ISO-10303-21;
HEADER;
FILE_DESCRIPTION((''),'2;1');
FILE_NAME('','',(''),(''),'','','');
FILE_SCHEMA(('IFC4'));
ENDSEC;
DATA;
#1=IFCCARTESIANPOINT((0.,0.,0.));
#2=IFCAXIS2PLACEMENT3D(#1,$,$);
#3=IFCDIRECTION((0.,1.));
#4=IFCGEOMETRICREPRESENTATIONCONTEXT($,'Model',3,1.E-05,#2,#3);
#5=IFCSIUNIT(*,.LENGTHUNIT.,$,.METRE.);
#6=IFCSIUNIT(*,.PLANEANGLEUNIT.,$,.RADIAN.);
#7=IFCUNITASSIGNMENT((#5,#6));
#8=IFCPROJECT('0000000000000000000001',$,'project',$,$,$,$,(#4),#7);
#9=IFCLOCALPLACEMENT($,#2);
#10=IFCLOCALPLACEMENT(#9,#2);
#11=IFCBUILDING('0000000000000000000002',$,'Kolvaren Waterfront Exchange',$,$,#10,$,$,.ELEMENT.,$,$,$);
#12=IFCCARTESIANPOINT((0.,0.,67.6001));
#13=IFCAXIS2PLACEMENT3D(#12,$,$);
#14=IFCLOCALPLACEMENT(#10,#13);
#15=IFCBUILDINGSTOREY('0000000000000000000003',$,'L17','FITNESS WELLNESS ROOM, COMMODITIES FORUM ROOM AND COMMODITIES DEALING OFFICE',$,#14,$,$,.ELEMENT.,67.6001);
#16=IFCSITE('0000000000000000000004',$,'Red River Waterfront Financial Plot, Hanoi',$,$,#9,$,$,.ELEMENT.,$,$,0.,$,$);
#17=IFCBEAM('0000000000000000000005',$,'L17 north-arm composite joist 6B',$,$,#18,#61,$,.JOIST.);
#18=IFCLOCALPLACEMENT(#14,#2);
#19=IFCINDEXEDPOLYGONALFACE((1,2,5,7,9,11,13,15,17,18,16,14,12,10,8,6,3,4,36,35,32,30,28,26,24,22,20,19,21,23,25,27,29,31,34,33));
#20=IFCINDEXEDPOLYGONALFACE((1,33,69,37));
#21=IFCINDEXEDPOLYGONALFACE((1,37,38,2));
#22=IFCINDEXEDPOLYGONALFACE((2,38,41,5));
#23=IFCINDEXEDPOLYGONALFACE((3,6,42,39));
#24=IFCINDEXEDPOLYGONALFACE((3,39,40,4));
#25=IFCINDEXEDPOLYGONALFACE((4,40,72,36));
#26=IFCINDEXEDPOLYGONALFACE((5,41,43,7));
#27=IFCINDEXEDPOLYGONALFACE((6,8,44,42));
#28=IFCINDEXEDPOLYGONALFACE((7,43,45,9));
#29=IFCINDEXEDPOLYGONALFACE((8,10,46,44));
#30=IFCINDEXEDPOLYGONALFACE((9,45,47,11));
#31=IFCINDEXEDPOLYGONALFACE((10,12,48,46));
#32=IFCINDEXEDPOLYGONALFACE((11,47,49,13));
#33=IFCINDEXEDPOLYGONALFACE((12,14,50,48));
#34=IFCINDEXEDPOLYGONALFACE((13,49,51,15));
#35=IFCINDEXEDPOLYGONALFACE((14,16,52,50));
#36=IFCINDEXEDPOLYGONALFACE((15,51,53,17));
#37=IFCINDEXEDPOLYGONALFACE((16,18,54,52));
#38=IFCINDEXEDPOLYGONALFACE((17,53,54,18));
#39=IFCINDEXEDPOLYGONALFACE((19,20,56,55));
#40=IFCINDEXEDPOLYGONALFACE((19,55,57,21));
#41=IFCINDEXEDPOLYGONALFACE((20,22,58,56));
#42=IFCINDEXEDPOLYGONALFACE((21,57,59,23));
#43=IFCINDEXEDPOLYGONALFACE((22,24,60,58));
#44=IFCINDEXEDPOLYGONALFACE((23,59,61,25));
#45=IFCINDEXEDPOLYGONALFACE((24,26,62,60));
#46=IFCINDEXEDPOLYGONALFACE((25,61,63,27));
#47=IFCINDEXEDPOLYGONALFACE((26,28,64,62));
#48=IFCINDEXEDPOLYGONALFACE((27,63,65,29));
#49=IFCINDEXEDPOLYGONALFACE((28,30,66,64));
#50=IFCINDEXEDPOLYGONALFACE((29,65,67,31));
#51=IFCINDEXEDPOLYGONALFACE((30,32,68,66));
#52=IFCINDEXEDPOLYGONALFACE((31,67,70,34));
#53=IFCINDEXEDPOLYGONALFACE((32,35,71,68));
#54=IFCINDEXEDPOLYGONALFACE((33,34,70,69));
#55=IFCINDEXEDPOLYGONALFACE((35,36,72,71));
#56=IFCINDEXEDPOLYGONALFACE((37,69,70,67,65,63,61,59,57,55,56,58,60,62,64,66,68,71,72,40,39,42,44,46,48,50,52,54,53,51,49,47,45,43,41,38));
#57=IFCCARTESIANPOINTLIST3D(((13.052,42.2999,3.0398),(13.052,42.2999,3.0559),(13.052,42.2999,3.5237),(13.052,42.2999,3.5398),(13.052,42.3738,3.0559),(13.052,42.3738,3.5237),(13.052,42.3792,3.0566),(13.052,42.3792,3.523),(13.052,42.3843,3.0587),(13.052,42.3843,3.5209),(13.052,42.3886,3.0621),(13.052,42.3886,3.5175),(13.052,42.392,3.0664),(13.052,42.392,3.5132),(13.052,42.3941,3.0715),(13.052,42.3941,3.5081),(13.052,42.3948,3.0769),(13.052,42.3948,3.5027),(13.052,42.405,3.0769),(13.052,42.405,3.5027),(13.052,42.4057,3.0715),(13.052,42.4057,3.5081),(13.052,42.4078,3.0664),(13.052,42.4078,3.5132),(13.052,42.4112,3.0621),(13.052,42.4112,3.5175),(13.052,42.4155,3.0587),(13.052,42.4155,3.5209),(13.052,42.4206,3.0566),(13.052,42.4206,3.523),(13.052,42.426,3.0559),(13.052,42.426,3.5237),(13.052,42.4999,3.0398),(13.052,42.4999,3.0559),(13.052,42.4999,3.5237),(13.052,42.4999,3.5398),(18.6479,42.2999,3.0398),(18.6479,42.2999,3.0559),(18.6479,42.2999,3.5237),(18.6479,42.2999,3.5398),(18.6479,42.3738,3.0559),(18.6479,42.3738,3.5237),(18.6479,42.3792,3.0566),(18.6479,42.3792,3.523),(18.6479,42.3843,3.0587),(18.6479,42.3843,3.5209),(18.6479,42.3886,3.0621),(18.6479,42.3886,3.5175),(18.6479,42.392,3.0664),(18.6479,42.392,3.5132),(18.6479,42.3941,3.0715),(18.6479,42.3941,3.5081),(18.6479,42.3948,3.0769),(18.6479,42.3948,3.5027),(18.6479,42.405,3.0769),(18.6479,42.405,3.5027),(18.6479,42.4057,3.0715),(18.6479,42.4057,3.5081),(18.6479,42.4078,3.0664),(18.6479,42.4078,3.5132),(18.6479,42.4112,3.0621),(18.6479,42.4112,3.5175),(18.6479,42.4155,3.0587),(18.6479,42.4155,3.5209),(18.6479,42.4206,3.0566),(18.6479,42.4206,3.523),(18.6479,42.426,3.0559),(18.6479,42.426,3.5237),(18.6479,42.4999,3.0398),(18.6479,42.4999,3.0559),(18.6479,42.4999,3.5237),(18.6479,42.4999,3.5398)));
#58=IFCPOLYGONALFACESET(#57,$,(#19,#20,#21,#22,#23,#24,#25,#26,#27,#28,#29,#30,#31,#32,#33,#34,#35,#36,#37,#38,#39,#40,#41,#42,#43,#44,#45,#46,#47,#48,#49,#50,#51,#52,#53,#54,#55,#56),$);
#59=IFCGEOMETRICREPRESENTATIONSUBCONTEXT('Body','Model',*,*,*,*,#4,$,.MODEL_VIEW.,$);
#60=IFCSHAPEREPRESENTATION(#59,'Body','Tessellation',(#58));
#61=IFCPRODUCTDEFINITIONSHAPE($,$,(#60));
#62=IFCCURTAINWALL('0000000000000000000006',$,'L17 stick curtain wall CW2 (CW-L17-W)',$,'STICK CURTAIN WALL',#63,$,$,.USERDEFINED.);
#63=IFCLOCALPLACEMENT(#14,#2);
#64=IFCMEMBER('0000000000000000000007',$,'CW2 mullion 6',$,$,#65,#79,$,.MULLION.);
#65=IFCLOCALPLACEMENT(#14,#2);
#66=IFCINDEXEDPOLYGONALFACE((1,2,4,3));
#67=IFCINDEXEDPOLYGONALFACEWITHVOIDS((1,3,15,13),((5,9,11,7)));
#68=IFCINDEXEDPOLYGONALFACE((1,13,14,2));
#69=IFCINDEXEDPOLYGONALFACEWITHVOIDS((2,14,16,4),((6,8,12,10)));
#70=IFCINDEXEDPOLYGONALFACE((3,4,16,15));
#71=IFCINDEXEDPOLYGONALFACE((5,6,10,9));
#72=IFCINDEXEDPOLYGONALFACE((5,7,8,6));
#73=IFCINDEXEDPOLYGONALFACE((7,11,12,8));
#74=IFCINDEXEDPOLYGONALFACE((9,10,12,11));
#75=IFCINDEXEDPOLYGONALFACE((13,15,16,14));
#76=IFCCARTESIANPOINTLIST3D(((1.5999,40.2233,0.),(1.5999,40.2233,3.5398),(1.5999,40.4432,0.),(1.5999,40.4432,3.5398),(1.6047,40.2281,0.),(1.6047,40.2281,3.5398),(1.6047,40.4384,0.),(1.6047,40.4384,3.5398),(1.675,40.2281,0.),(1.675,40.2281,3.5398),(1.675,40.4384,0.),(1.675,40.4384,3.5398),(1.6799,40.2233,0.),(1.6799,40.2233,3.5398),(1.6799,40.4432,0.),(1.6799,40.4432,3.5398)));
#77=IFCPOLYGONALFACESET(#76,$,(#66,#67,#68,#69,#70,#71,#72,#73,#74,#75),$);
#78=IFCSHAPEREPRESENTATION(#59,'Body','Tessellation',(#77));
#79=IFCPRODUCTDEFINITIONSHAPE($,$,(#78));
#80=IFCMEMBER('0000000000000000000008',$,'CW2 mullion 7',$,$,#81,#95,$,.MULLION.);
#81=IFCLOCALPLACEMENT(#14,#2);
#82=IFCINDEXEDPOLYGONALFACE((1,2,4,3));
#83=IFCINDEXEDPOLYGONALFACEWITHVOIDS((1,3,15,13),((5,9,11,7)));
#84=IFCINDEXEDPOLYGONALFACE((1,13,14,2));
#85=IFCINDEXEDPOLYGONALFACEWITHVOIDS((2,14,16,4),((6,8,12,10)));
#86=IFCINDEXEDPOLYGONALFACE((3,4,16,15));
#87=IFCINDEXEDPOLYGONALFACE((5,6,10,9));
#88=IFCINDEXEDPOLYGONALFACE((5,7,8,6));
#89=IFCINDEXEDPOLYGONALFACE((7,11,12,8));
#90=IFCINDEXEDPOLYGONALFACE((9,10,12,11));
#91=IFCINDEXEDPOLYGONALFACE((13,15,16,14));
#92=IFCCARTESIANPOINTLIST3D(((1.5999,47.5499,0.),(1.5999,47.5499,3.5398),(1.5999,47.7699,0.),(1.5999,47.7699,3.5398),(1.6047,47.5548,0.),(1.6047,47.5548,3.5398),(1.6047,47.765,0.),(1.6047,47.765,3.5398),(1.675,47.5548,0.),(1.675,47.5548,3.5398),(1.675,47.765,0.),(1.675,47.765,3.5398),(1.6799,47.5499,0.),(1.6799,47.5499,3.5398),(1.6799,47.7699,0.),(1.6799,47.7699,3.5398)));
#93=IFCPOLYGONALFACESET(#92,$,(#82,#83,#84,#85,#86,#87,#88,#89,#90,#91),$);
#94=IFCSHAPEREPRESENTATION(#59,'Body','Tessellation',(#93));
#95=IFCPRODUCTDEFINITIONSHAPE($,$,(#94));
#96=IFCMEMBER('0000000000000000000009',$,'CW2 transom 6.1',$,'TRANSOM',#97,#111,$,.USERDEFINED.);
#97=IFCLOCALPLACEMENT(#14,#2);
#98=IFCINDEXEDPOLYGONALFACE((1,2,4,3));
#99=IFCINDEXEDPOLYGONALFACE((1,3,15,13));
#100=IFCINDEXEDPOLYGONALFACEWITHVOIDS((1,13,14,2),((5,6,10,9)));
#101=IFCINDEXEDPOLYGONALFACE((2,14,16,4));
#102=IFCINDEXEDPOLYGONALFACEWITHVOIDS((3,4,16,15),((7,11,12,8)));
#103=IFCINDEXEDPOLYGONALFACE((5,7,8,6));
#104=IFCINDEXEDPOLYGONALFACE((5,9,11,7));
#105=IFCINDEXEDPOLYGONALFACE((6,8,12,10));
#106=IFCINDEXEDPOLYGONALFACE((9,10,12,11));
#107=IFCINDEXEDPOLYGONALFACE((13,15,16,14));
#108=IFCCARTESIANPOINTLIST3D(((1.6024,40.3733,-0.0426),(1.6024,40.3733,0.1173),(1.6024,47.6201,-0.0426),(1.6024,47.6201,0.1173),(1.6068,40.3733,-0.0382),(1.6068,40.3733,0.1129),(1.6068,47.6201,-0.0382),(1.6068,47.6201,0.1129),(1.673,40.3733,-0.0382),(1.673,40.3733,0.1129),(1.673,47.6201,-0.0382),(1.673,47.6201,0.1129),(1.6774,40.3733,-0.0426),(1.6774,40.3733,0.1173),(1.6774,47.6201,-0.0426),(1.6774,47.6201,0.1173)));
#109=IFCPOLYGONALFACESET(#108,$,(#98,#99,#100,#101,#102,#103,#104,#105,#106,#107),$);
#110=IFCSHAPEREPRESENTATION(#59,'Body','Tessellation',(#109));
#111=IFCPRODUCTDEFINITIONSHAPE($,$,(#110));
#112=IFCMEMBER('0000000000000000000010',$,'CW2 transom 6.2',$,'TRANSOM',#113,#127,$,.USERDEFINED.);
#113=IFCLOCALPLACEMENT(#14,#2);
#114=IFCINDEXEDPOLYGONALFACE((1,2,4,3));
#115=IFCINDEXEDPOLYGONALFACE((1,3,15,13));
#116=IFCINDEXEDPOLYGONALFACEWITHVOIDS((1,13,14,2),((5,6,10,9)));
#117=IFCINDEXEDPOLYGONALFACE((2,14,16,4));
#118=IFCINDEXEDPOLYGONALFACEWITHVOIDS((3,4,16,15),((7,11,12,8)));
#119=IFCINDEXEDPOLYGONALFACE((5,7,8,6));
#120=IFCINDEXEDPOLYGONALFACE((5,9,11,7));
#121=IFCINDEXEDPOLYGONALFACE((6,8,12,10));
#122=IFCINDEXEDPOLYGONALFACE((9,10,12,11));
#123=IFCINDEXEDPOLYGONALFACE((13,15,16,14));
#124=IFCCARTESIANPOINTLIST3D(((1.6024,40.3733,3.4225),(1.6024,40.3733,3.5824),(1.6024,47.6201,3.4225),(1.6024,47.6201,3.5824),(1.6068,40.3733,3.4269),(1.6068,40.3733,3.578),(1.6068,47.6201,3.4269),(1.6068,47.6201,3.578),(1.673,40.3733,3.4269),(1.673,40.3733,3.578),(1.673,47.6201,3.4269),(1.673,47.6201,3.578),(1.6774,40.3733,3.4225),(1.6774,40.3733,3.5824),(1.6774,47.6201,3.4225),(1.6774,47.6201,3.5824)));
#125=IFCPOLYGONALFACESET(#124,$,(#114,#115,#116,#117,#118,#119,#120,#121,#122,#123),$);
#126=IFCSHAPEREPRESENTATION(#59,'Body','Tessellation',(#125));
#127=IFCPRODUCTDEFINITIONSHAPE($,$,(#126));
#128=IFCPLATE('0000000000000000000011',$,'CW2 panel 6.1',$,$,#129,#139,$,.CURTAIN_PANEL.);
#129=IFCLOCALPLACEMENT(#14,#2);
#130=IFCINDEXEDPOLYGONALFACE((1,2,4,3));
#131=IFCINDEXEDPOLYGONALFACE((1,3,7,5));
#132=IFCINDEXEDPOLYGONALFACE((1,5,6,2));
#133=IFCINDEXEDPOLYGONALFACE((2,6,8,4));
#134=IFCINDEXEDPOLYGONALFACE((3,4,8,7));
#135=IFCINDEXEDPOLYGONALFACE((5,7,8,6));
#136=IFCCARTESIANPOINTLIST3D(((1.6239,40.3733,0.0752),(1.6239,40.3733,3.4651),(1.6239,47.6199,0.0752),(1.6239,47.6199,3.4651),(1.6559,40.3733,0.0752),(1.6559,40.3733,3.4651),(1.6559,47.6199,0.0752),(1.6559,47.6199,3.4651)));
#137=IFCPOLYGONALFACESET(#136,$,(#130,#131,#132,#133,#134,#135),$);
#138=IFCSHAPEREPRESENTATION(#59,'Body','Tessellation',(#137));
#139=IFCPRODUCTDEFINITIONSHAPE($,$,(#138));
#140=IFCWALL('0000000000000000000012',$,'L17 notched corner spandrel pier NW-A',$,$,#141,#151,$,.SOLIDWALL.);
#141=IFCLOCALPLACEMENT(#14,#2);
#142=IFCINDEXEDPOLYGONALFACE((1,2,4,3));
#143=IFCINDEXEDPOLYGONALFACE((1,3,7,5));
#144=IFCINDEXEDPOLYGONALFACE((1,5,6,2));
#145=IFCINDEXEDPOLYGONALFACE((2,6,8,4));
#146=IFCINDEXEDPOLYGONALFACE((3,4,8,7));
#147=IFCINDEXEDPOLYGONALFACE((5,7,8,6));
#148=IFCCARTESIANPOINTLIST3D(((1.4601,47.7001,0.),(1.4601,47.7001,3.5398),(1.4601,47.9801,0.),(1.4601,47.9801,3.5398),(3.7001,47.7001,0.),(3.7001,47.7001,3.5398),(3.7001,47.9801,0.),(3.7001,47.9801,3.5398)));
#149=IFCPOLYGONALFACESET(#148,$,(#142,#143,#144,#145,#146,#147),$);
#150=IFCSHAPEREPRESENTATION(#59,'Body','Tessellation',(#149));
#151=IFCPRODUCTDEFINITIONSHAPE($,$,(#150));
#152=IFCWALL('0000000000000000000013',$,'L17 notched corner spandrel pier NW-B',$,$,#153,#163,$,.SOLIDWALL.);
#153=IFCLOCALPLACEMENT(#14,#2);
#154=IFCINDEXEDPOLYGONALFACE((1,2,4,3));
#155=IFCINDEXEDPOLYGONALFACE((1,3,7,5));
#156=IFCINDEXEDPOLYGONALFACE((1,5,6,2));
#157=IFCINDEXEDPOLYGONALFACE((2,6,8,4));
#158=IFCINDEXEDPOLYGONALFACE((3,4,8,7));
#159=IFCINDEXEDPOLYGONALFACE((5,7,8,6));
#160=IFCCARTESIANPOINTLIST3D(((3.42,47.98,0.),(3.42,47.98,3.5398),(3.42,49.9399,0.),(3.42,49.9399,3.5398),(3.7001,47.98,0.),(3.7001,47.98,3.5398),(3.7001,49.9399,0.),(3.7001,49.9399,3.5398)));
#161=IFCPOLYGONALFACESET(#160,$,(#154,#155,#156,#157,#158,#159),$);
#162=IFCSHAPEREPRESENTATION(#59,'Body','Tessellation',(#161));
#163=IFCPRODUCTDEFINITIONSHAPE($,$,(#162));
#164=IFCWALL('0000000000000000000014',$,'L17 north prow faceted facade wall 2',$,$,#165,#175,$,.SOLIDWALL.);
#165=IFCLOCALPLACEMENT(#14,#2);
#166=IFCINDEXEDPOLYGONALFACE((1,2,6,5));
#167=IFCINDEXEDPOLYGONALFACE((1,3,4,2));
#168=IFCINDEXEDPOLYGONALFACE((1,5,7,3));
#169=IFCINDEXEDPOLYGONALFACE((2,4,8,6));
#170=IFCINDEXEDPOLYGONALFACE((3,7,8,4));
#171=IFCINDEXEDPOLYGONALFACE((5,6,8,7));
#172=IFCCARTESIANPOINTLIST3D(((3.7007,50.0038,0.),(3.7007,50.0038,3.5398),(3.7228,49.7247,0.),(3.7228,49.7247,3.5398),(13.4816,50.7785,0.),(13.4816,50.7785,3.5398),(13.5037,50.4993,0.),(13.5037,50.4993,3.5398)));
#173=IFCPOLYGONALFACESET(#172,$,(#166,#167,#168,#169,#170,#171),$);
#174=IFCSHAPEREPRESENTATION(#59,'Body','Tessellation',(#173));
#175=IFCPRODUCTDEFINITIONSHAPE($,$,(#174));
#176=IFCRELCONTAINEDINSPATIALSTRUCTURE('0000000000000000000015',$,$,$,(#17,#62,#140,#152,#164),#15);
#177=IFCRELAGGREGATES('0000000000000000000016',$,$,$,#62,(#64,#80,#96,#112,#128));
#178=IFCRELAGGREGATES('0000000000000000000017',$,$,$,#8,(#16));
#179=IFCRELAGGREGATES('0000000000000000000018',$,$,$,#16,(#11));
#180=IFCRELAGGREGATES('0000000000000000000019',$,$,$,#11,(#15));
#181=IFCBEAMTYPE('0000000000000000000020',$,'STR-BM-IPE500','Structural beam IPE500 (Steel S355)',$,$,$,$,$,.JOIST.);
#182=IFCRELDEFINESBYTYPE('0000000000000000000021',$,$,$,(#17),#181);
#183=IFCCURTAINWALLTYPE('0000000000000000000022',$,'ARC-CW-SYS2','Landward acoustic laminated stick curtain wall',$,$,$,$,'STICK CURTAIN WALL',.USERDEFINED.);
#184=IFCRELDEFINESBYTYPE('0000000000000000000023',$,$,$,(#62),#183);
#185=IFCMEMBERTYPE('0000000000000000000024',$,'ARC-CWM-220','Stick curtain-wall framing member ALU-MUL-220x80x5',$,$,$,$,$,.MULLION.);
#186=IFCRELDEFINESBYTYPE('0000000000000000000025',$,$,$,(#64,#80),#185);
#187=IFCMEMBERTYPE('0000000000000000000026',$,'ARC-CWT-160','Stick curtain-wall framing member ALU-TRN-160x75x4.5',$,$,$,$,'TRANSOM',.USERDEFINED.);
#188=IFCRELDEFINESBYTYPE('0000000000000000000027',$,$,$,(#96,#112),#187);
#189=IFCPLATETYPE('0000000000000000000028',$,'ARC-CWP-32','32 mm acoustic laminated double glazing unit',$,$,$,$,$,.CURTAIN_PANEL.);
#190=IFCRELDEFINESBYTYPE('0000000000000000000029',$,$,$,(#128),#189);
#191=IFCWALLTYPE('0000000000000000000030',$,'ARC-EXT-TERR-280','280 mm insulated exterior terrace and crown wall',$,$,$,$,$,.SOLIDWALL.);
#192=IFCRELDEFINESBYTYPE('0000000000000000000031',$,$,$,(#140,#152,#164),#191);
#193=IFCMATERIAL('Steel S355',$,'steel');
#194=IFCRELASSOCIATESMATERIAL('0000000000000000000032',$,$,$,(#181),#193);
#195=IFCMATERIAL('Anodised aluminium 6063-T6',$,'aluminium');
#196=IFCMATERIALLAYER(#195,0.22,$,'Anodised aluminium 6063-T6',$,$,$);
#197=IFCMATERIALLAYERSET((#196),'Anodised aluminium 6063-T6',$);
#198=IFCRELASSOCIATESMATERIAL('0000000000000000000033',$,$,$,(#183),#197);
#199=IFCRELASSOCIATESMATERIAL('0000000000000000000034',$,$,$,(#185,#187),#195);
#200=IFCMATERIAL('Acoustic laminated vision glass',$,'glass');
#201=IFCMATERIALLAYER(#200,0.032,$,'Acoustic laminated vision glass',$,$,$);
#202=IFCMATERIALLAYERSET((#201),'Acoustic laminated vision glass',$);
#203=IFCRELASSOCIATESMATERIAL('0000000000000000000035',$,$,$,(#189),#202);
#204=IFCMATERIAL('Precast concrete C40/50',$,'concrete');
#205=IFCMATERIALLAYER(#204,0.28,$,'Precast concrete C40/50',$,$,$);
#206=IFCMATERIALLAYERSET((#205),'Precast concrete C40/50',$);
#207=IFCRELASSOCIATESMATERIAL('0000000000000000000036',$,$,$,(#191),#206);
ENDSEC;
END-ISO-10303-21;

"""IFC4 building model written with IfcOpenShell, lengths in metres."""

from ifc_helpers import new_model, si_unit, direction, frame, frame_2d, origin, origin_with_axes, origin_2d, place, context, subcontext, project, spatial, rectangle, hollow_rectangle, i_section, extrude, source, transform, mapped, material, layer, layer_set, material_profile, profile_set, type_object, element, aggregate, save


model = new_model("IFC4")

# Units and contexts
model_context = context("Model", 3, precision=1e-05, world=origin(), true_north=direction((0.0, 1.0)))
body_context = subcontext(model_context, "Body", "Model", "MODEL_VIEW")
ifc_project = project(units=[si_unit("LENGTHUNIT", "METRE"), si_unit("PLANEANGLEUNIT", "RADIAN")], contexts=[model_context])

# Site, building, storey
site_placement = place(None, origin())
site = spatial("IfcSite", under=ifc_project, at=site_placement, Name="Red River Waterfront Financial Plot, Hanoi", CompositionType="ELEMENT", RefElevation=0.0)
building_placement = place(site_placement, origin())
building = spatial("IfcBuilding", under=site, at=building_placement, Name="Kolvaren Waterfront Exchange", CompositionType="ELEMENT")
storey_placement = place(building_placement, frame((0.0, 0.0, 67.6001)))
storey = spatial("IfcBuildingStorey", under=building, at=storey_placement, Name="L17", Description="FITNESS WELLNESS ROOM, COMMODITIES FORUM ROOM AND COMMODITIES DEALING OFFICE", CompositionType="ELEMENT", Elevation=67.6001)

# Beam
ifc_material_1 = material(Name="Steel S355", Category="steel")
ifc_material_profile_1 = material_profile(ifc_material_1, i_section(OverallWidth=0.2, OverallDepth=0.5, WebThickness=0.0103, FlangeThickness=0.0161, FilletRadius=0.021, at=origin_2d()), Name="IPE500")
ifc_profile_set_1 = profile_set([ifc_material_profile_1], Name="Steel S355")
beam_type_1 = type_object("IfcBeamType", Name="STR-BM-IPE500", Description="Structural beam IPE500 (Steel S355)", PredefinedType="JOIST", material=ifc_profile_set_1)
beam_1_placement = place(storey_placement, frame((13.052, 42.3999, 3.2898), z_axis=(1.0, 0.0, 0.0), x_axis=(0.0, 1.0, 0.0)))
element("IfcBeam", 1, at=beam_1_placement, inside=storey, type_object=beam_type_1, Name="L17 north-arm composite joist 6B", PredefinedType="JOIST", context=body_context, shape_type="SweptSolid", body=[
    extrude(i_section(OverallWidth=0.2, OverallDepth=0.5, WebThickness=0.0103, FlangeThickness=0.0161, FilletRadius=0.021, at=origin_2d()), origin(), (0.0, 0.0, 1.0), 5.5959),
])

# Curtain wall, members, plate
ifc_material_2 = material(Name="Anodised aluminium 6063-T6", Category="aluminium")
ifc_layer_1 = layer(ifc_material_2, 0.22, Name="Anodised aluminium 6063-T6")
ifc_layer_set_1 = layer_set([ifc_layer_1], Name="Anodised aluminium 6063-T6")
curtain_wall_type = type_object("IfcCurtainWallType", Name="ARC-CW-SYS2", Description="Landward acoustic laminated stick curtain wall", ElementType="STICK CURTAIN WALL", PredefinedType="USERDEFINED", material=ifc_layer_set_1)
curtain_wall_placement = place(storey_placement, origin())
curtain_wall = element("IfcCurtainWall", 2, at=curtain_wall_placement, inside=storey, type_object=curtain_wall_type, Name="L17 stick curtain wall CW2 (CW-L17-W)", ObjectType="STICK CURTAIN WALL", PredefinedType="USERDEFINED")
ifc_material_profile_2 = material_profile(ifc_material_2, hollow_rectangle(XDim=0.0801, YDim=0.22, WallThickness=0.0049, at=origin_2d()), Name="ALU-MUL-220x80x5")
ifc_profile_set_2 = profile_set([ifc_material_profile_2], Name="Anodised aluminium 6063-T6")
member_type_1 = type_object("IfcMemberType", Name="ARC-CWM-220", Description="Stick curtain-wall framing member ALU-MUL-220x80x5", PredefinedType="MULLION", material=ifc_profile_set_2)
shared_shape_1 = source(origin_with_axes(), body_context, "Body", "SweptSolid", [
    extrude(hollow_rectangle(XDim=0.0801, YDim=0.22, WallThickness=0.0049, at=origin_2d()), origin(), (0.0, 0.0, 1.0), 3.5398),
])
member_1_placement = place(storey_placement, frame((1.6399, 40.3333, 0.0), z_axis=(0.0, 0.0, 1.0), x_axis=(-1.0, 0.0, 0.0)))
member_1 = element("IfcMember", 3, at=member_1_placement, type_object=member_type_1, Name="CW2 mullion 6", PredefinedType="MULLION", context=body_context, shape_type="MappedRepresentation", body=[
    mapped(shared_shape_1, transform((0.0, 0.0, 0.0), x_axis=(1.0, 0.0, 0.0), y_axis=(0.0, 1.0, 0.0), z_axis=(0.0, 0.0, 1.0), scale=1.0)),
])
member_2_placement = place(storey_placement, frame((1.6399, 47.6599, 0.0), z_axis=(0.0, 0.0, 1.0), x_axis=(-1.0, 0.0, 0.0)))
member_2 = element("IfcMember", 4, at=member_2_placement, type_object=member_type_1, Name="CW2 mullion 7", PredefinedType="MULLION", context=body_context, shape_type="MappedRepresentation", body=[
    mapped(shared_shape_1, transform((0.0, 0.0, 0.0), x_axis=(1.0, 0.0, 0.0), y_axis=(0.0, 1.0, 0.0), z_axis=(0.0, 0.0, 1.0), scale=1.0)),
])
ifc_material_profile_3 = material_profile(ifc_material_2, hollow_rectangle(XDim=0.075, YDim=0.1599, WallThickness=0.0044, at=origin_2d()), Name="ALU-TRN-160x75x4.5")
ifc_profile_set_3 = profile_set([ifc_material_profile_3], Name="Anodised aluminium 6063-T6")
member_type_2 = type_object("IfcMemberType", Name="ARC-CWT-160", Description="Stick curtain-wall framing member ALU-TRN-160x75x4.5", ElementType="TRANSOM", PredefinedType="USERDEFINED", material=ifc_profile_set_3)
shared_shape_2 = source(origin_with_axes(), body_context, "Body", "SweptSolid", [
    extrude(hollow_rectangle(XDim=0.075, YDim=0.1599, WallThickness=0.0044, at=origin_2d()), origin(), (0.0, 0.0, 1.0), 7.2468),
])
member_3_placement = place(storey_placement, frame((1.6399, 40.3733, 0.0374), z_axis=(0.0, 1.0, 0.0), x_axis=(-1.0, 0.0, 0.0)))
member_3 = element("IfcMember", 5, at=member_3_placement, type_object=member_type_2, Name="CW2 transom 6.1", ObjectType="TRANSOM", PredefinedType="USERDEFINED", context=body_context, shape_type="MappedRepresentation", body=[
    mapped(shared_shape_2, transform((0.0, 0.0, 0.0), x_axis=(1.0, 0.0, 0.0), y_axis=(0.0, 1.0, 0.0), z_axis=(0.0, 0.0, 1.0), scale=1.0)),
])
member_4_placement = place(storey_placement, frame((1.6399, 40.3733, 3.5024), z_axis=(0.0, 1.0, 0.0), x_axis=(-1.0, 0.0, 0.0)))
member_4 = element("IfcMember", 6, at=member_4_placement, type_object=member_type_2, Name="CW2 transom 6.2", ObjectType="TRANSOM", PredefinedType="USERDEFINED", context=body_context, shape_type="MappedRepresentation", body=[
    mapped(shared_shape_2, transform((0.0, 0.0, 0.0), x_axis=(1.0, 0.0, 0.0), y_axis=(0.0, 1.0, 0.0), z_axis=(0.0, 0.0, 1.0), scale=1.0)),
])
ifc_material_3 = material(Name="Acoustic laminated vision glass", Category="glass")
ifc_layer_2 = layer(ifc_material_3, 0.032, Name="Acoustic laminated vision glass")
ifc_layer_set_2 = layer_set([ifc_layer_2], Name="Acoustic laminated vision glass")
plate_type = type_object("IfcPlateType", Name="ARC-CWP-32", Description="32 mm acoustic laminated double glazing unit", PredefinedType="CURTAIN_PANEL", material=ifc_layer_set_2)
shared_shape_3 = source(origin_with_axes(), body_context, "Body", "SweptSolid", [
    extrude(rectangle(XDim=7.2466, YDim=0.032, at=origin_2d()), origin(), (0.0, 0.0, 1.0), 3.3899),
])
plate_placement = place(storey_placement, frame((1.6399, 43.9966, 0.0752), z_axis=(0.0, 0.0, 1.0), x_axis=(0.0, 1.0, 0.0)))
plate = element("IfcPlate", 7, at=plate_placement, type_object=plate_type, Name="CW2 panel 6.1", PredefinedType="CURTAIN_PANEL", context=body_context, shape_type="MappedRepresentation", body=[
    mapped(shared_shape_3, transform((0.0, 0.0, 0.0), x_axis=(1.0, 0.0, 0.0), y_axis=(0.0, 1.0, 0.0), z_axis=(0.0, 0.0, 1.0), scale=1.0)),
])
aggregate(curtain_wall, [member_1, member_2, member_3, member_4, plate])

# Walls
ifc_material_4 = material(Name="Precast concrete C40/50", Category="concrete")
ifc_layer_3 = layer(ifc_material_4, 0.28, Name="Precast concrete C40/50")
ifc_layer_set_3 = layer_set([ifc_layer_3], Name="Precast concrete C40/50")
wall_type_1 = type_object("IfcWallType", Name="ARC-EXT-TERR-280", Description="280 mm insulated exterior terrace and crown wall", PredefinedType="SOLIDWALL", material=ifc_layer_set_3)
wall_1_placement = place(storey_placement, frame((1.46, 47.8401, 0.0), z_axis=(0.0, 0.0, 1.0), x_axis=(1.0, 0.0, 0.0)))
element("IfcWall", 8, at=wall_1_placement, inside=storey, type_object=wall_type_1, Name="L17 notched corner spandrel pier NW-A", PredefinedType="SOLIDWALL", context=body_context, shape_type="SweptSolid", body=[
    extrude(rectangle(XDim=2.24, YDim=0.28, at=frame_2d((1.1201, 0.0))), origin(), (0.0, 0.0, 1.0), 3.5398),
])
wall_2_placement = place(storey_placement, frame((3.5601, 47.98, 0.0), z_axis=(0.0, 0.0, 1.0), x_axis=(0.0, 1.0, 0.0)))
element("IfcWall", 9, at=wall_2_placement, inside=storey, type_object=wall_type_1, Name="L17 notched corner spandrel pier NW-B", PredefinedType="SOLIDWALL", context=body_context, shape_type="SweptSolid", body=[
    extrude(rectangle(XDim=1.96, YDim=0.28, at=frame_2d((0.98, 0.0))), origin(), (0.0, 0.0, 1.0), 3.5398),
])
wall_3_placement = place(storey_placement, frame((13.4927, 50.6389, 0.0), z_axis=(0.0, 0.0, 1.0), x_axis=(-0.996878, -0.078953, 0.0)))
element("IfcWall", 10, at=wall_3_placement, inside=storey, type_object=wall_type_1, Name="L17 north prow faceted facade wall 2", PredefinedType="SOLIDWALL", context=body_context, shape_type="SweptSolid", body=[
    extrude(rectangle(XDim=9.8115, YDim=0.28, at=frame_2d((4.9058, 0.0))), origin(), (0.0, 0.0, 1.0), 3.5398),
])

save(model, "model.ifc")
